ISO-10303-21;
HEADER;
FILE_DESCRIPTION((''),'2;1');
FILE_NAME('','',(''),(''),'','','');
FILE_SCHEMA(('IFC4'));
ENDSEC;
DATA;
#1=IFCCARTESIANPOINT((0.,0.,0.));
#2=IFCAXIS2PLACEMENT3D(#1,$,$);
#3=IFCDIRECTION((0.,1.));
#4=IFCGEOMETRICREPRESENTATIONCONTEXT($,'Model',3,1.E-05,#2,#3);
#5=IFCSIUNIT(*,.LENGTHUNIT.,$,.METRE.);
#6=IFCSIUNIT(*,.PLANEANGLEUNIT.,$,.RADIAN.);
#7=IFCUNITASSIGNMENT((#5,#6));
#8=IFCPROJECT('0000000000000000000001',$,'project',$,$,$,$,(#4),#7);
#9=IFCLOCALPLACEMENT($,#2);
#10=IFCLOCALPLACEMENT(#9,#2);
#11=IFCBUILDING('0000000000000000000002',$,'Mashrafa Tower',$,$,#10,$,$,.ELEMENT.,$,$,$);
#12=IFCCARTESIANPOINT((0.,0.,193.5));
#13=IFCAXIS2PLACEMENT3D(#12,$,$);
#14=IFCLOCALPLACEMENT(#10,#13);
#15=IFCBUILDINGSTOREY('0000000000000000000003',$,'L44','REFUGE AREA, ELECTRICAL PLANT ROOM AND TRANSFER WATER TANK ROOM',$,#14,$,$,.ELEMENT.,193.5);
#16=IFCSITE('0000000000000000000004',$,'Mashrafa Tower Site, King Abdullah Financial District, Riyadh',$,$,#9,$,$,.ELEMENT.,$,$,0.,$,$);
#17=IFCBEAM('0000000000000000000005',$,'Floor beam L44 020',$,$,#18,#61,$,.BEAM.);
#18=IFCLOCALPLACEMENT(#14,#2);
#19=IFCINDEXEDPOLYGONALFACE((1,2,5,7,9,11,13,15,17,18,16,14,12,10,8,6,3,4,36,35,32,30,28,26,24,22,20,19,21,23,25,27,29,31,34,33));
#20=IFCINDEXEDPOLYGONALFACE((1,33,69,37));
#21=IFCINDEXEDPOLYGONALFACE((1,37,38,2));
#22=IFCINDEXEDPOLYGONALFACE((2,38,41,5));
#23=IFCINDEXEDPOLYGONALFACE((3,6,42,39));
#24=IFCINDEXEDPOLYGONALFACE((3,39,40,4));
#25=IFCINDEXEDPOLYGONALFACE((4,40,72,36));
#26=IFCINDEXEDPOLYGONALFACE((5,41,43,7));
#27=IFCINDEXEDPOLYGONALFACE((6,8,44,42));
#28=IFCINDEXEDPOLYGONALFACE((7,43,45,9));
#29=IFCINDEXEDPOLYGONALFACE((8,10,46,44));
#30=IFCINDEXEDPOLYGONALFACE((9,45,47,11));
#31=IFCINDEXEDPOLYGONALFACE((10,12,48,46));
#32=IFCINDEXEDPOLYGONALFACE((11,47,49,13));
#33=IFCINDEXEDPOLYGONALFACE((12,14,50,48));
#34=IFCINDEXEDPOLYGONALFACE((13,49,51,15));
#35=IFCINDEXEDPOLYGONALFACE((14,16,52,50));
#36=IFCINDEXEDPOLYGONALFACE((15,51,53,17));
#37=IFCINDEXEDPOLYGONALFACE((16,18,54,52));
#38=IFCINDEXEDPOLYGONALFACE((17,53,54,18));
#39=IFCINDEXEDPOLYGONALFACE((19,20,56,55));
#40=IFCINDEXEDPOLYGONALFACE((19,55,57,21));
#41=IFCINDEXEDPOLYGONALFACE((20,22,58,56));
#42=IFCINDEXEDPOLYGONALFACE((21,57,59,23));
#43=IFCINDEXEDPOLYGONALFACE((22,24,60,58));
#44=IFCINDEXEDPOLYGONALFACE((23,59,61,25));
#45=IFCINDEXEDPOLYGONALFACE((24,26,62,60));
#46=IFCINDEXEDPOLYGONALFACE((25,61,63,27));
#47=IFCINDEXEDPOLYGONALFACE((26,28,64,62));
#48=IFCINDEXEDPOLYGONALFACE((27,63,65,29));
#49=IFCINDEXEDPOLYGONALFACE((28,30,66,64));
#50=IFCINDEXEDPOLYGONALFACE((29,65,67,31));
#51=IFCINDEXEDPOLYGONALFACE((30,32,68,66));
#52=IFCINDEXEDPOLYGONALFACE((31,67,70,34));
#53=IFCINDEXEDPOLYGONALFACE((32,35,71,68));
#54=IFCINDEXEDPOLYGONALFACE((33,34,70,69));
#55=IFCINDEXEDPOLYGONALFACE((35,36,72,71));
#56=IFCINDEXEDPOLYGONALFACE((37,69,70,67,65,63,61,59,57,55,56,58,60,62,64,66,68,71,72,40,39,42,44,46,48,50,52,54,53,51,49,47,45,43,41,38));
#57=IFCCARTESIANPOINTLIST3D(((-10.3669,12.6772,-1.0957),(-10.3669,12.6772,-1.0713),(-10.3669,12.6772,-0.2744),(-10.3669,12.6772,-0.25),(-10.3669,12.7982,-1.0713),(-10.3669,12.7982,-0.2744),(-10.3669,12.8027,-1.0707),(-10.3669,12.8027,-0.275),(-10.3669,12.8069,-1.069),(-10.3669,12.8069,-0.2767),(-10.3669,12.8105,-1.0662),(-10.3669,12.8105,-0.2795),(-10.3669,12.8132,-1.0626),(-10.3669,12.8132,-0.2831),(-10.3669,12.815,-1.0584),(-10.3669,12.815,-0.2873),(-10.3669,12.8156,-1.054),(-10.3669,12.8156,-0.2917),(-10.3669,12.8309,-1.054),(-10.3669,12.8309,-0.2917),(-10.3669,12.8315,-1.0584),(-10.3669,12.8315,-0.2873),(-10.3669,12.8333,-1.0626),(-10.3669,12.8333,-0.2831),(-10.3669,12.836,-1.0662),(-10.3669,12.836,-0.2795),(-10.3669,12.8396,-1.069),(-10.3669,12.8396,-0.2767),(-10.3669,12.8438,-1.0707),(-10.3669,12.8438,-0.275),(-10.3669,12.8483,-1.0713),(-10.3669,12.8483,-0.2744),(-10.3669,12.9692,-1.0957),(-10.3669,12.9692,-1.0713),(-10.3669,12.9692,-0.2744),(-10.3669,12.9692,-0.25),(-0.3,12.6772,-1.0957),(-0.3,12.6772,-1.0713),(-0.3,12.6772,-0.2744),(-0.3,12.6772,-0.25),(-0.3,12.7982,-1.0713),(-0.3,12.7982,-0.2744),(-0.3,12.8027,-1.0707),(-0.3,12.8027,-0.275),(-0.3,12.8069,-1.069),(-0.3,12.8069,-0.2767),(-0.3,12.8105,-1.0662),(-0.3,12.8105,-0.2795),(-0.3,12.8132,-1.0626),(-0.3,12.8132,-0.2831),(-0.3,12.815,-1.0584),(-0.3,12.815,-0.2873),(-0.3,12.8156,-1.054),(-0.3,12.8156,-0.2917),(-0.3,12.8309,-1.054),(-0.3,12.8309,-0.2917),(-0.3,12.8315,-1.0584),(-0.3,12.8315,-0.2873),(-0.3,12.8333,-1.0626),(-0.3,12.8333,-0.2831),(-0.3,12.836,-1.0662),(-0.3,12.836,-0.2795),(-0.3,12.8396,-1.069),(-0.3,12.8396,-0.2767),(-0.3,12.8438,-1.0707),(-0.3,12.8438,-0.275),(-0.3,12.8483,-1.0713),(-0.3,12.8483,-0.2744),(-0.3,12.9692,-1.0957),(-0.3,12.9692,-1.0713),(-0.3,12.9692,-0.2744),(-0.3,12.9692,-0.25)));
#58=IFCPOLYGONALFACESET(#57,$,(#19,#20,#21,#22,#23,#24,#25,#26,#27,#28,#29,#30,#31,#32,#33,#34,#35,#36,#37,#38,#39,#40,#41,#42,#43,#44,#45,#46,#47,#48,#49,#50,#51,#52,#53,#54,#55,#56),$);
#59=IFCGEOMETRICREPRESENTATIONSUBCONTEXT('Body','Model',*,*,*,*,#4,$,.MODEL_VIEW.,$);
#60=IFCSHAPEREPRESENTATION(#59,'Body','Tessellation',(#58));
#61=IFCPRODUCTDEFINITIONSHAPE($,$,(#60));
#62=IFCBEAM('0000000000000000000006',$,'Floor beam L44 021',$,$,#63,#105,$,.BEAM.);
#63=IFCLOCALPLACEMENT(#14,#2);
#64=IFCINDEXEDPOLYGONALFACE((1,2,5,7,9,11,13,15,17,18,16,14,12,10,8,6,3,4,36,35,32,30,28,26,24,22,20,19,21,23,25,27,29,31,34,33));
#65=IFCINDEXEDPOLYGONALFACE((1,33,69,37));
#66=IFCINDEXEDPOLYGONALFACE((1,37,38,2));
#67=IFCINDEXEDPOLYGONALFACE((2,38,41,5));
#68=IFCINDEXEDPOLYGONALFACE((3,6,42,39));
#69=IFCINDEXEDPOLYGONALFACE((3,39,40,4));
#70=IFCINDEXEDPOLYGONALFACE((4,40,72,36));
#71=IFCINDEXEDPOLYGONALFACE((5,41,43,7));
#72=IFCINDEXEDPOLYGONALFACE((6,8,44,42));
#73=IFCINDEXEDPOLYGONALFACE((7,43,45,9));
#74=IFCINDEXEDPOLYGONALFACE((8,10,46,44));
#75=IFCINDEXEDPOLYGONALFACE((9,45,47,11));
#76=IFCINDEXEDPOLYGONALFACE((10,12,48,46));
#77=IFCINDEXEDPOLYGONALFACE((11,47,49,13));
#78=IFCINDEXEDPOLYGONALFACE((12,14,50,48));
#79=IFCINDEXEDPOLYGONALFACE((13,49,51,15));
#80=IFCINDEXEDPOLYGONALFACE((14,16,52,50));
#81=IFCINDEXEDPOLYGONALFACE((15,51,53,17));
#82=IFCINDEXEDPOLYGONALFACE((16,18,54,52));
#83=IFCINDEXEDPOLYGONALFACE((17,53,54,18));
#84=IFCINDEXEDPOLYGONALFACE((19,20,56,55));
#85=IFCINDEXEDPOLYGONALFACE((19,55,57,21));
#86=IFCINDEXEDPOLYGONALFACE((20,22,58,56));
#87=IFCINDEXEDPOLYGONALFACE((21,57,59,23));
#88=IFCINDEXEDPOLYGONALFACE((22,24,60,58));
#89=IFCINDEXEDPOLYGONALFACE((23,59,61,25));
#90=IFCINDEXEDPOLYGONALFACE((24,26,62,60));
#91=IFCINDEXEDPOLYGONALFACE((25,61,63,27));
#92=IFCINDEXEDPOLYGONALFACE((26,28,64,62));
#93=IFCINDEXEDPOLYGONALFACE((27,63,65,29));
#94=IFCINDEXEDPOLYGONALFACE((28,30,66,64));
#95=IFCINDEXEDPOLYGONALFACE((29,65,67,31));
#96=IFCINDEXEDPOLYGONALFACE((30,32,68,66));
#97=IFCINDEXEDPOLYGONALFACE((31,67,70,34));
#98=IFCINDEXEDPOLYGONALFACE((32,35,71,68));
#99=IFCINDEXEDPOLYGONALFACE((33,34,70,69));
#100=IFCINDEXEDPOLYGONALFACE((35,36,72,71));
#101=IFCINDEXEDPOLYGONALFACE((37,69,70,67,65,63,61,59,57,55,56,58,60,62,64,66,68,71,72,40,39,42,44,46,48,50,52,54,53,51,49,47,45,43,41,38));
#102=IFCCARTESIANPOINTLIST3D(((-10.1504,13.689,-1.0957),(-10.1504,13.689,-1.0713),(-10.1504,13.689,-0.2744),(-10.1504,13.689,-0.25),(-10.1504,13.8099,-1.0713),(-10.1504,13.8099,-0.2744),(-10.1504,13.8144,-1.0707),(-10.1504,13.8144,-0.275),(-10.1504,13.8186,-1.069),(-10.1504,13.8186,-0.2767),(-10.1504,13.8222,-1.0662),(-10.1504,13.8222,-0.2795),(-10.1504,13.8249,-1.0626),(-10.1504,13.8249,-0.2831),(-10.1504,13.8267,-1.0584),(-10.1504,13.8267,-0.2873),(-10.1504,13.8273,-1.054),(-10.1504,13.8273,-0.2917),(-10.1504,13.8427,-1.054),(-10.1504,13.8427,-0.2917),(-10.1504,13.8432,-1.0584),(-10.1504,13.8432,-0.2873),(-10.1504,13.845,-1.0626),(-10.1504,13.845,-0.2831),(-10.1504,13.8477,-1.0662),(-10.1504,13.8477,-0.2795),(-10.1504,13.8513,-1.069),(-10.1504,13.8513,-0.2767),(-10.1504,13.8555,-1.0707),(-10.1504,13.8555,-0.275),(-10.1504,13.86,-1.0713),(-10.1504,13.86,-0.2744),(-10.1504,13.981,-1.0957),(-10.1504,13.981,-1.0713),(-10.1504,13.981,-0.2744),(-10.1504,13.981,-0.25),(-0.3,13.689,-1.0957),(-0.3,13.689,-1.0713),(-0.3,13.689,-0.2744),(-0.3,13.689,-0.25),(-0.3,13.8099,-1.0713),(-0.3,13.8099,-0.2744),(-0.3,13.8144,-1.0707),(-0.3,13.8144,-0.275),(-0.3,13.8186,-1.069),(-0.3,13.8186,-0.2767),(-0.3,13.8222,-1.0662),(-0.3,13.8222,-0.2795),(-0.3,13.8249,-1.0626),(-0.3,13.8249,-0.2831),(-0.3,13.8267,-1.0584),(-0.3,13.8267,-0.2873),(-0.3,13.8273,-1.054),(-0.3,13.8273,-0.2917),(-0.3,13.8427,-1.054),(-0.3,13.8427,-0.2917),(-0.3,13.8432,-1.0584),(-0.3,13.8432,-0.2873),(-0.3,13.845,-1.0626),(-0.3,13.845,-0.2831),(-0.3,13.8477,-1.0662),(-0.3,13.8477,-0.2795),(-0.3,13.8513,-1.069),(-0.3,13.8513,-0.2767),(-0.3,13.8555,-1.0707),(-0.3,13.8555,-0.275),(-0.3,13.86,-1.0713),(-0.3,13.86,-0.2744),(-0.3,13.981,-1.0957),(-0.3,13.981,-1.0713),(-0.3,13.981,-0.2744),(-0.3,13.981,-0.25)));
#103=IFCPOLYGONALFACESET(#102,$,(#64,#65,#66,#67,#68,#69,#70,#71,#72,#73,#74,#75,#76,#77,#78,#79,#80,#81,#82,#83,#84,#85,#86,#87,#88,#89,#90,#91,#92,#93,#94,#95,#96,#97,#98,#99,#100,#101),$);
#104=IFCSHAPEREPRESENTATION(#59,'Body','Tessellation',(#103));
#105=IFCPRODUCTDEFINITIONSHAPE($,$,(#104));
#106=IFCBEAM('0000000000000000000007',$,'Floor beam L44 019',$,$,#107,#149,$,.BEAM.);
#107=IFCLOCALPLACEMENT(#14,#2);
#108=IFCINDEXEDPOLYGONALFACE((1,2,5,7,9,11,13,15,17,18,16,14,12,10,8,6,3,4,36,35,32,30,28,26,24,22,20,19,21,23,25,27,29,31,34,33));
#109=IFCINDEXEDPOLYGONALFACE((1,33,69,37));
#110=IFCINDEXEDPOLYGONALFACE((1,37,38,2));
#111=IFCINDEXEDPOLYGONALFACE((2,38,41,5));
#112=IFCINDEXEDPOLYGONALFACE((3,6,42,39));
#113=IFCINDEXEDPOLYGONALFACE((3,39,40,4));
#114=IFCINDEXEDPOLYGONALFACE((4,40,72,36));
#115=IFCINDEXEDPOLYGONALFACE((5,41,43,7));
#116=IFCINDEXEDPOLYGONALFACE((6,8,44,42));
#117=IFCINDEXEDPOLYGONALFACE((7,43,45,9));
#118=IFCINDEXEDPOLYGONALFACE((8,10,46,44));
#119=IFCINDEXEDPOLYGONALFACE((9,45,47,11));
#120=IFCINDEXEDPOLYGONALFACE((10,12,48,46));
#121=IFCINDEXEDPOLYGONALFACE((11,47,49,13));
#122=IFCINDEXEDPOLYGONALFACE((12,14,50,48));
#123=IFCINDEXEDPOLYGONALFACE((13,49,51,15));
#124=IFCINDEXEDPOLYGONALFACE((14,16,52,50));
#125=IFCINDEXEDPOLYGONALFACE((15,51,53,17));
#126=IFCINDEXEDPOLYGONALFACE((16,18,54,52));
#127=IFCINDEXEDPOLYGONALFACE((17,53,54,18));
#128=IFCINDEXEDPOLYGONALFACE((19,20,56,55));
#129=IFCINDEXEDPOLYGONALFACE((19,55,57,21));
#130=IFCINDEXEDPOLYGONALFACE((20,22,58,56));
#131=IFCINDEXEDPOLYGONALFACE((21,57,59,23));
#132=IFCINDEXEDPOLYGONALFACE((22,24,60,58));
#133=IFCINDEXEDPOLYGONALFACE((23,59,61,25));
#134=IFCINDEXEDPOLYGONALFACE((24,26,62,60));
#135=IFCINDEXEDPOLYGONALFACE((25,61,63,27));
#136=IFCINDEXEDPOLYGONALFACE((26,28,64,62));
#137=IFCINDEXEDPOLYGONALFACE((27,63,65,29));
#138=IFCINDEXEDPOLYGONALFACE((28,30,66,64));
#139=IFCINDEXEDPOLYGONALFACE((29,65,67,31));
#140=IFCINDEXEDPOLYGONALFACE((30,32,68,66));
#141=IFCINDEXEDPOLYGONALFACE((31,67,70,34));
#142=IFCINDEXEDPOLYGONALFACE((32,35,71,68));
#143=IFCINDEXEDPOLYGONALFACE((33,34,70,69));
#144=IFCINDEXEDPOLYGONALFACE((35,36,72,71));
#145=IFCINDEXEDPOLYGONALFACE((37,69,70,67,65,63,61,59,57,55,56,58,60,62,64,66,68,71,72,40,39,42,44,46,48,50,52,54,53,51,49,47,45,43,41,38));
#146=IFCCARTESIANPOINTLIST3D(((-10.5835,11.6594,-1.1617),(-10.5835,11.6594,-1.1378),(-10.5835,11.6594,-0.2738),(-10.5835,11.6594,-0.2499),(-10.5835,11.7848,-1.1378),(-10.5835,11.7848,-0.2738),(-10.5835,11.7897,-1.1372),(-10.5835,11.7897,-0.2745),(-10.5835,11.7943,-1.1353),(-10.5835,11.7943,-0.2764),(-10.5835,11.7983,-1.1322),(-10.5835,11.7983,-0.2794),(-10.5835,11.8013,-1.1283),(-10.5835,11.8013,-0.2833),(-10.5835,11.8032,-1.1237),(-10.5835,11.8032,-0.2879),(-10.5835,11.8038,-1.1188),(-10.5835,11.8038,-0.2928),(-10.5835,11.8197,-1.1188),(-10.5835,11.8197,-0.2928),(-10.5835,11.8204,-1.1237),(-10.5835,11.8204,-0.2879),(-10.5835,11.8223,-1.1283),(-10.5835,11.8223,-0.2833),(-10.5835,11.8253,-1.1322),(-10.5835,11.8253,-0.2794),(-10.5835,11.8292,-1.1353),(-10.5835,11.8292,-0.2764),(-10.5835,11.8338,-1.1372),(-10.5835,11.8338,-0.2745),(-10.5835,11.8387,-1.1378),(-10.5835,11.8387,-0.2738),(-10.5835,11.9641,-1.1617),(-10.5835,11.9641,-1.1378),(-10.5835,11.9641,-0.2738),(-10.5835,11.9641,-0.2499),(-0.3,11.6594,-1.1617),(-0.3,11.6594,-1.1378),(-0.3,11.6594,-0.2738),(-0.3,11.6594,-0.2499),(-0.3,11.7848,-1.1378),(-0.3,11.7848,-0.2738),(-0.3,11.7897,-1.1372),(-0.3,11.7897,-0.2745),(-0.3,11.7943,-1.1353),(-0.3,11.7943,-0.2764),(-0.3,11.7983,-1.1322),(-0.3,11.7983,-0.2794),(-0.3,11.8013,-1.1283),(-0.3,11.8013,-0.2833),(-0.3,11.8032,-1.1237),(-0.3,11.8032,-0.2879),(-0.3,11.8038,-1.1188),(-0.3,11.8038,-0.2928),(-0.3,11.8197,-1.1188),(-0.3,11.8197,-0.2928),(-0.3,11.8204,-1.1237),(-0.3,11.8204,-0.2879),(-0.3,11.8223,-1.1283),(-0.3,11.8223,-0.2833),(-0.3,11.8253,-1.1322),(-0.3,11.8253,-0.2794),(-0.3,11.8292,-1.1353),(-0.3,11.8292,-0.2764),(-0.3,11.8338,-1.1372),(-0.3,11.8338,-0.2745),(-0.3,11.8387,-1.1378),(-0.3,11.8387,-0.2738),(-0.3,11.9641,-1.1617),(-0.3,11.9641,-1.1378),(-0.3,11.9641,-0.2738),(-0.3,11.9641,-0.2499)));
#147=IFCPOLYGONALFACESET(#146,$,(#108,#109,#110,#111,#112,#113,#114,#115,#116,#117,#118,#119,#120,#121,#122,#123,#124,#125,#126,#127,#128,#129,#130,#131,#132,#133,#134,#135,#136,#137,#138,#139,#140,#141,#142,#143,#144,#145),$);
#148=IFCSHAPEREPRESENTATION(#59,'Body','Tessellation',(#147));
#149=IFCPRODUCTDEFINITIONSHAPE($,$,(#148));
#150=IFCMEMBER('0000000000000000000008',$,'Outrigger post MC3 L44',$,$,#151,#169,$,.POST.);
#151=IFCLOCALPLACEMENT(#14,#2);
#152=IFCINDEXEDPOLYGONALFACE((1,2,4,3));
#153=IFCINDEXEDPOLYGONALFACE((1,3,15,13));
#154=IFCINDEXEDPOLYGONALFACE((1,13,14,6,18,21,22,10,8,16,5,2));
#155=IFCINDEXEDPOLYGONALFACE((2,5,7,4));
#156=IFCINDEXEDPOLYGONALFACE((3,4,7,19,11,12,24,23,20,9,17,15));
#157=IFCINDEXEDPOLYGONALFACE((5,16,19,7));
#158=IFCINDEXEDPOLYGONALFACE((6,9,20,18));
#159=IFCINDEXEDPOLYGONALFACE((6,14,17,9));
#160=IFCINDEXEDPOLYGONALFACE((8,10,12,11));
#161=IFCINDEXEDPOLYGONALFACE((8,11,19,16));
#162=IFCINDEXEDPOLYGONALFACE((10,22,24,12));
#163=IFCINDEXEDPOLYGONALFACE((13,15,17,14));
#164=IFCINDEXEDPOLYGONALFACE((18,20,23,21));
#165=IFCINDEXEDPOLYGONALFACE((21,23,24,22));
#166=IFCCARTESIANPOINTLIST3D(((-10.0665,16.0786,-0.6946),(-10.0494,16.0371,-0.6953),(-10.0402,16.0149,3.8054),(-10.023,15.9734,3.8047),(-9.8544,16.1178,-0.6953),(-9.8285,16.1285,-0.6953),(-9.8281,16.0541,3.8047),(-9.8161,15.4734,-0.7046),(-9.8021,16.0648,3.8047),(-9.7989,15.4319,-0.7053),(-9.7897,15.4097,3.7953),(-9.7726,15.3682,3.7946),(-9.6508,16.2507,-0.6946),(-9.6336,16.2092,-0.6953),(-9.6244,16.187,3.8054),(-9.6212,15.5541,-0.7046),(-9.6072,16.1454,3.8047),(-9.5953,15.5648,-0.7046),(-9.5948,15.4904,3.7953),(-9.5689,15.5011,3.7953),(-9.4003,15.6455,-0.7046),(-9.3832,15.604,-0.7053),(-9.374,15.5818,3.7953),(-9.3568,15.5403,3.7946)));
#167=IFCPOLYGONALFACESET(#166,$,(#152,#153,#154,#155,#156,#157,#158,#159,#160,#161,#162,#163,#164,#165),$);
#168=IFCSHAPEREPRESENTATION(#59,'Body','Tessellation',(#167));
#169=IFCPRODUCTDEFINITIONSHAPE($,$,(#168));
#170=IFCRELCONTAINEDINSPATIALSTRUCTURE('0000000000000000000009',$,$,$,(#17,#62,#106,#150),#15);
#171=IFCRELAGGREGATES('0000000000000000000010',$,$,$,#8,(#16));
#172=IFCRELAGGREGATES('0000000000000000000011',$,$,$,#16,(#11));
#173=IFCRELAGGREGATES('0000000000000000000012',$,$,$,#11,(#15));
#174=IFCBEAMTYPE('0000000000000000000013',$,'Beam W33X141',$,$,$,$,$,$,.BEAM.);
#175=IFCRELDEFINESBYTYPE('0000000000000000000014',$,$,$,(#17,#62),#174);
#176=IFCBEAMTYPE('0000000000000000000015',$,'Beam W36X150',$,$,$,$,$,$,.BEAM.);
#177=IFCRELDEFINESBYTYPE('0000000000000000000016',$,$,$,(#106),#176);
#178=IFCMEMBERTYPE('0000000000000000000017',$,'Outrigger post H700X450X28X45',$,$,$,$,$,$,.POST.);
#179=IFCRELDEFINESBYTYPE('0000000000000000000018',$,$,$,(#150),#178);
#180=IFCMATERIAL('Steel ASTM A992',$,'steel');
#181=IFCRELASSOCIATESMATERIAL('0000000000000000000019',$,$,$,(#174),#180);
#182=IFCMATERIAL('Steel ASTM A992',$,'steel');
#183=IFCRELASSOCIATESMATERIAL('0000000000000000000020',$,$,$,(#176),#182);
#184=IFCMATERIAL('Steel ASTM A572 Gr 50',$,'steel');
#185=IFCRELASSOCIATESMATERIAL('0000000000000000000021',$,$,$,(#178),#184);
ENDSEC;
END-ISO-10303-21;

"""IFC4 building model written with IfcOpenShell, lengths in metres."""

from ifc_helpers import new_model, si_unit, direction, frame, origin, origin_2d, place, context, subcontext, project, spatial, i_section, extrude, source, transform, mapped, material, material_profile, profile_set, type_object, type_shapes, element, save


model = new_model("IFC4")

# Units and contexts
model_context = context("Model", 3, precision=1e-05, world=origin(), true_north=direction((0.0, 1.0)))
body_context = subcontext(model_context, "Body", "Model", "MODEL_VIEW")
ifc_project = project(units=[si_unit("LENGTHUNIT", "METRE"), si_unit("PLANEANGLEUNIT", "RADIAN")], contexts=[model_context])

# Site, building, storey
site_placement = place(None, origin())
site = spatial("IfcSite", under=ifc_project, at=site_placement, Name="Mashrafa Tower Site, King Abdullah Financial District, Riyadh", CompositionType="ELEMENT", RefElevation=0.0)
building_placement = place(site_placement, origin())
building = spatial("IfcBuilding", under=site, at=building_placement, Name="Mashrafa Tower", CompositionType="ELEMENT")
storey_placement = place(building_placement, frame((0.0, 0.0, 193.5)))
storey = spatial("IfcBuildingStorey", under=building, at=storey_placement, Name="L44", Description="REFUGE AREA, ELECTRICAL PLANT ROOM AND TRANSFER WATER TANK ROOM", CompositionType="ELEMENT", Elevation=193.5)

# Beams
ifc_material_1 = material(Name="Steel ASTM A992", Category="steel")
ifc_material_profile_1 = material_profile(ifc_material_1, i_section(OverallWidth=0.292, OverallDepth=0.8457, WebThickness=0.0154, FlangeThickness=0.0244, FilletRadius=0.0173, at=origin_2d()), Name="W33X141")
ifc_profile_set_1 = profile_set([ifc_material_profile_1], Name="Steel ASTM A992")
beam_type_1 = type_object("IfcBeamType", Name="Beam W33X141", PredefinedType="BEAM", material=ifc_profile_set_1)
beam_1_placement = place(storey_placement, frame((-10.3669, 12.8232, -0.6729), z_axis=(1.0, 0.0, 0.0), x_axis=(0.0, 1.0, 0.0)))
element("IfcBeam", 1, at=beam_1_placement, inside=storey, type_object=beam_type_1, Name="Floor beam L44 020", PredefinedType="BEAM", context=body_context, shape_type="SweptSolid", body=[
    extrude(i_section(OverallWidth=0.292, OverallDepth=0.8457, WebThickness=0.0154, FlangeThickness=0.0244, FilletRadius=0.0173, at=origin_2d()), origin(), (0.0, 0.0, 1.0), 10.0669),
])
beam_2_placement = place(storey_placement, frame((-10.1504, 13.835, -0.6729), z_axis=(1.0, 0.0, 0.0), x_axis=(0.0, 1.0, 0.0)))
element("IfcBeam", 2, at=beam_2_placement, inside=storey, type_object=beam_type_1, Name="Floor beam L44 021", PredefinedType="BEAM", context=body_context, shape_type="SweptSolid", body=[
    extrude(i_section(OverallWidth=0.292, OverallDepth=0.8457, WebThickness=0.0154, FlangeThickness=0.0244, FilletRadius=0.0173, at=origin_2d()), origin(), (0.0, 0.0, 1.0), 9.8503),
])
ifc_material_2 = material(Name="Steel ASTM A992", Category="steel")
ifc_material_profile_2 = material_profile(ifc_material_2, i_section(OverallWidth=0.3047, OverallDepth=0.9119, WebThickness=0.0159, FlangeThickness=0.0239, FilletRadius=0.019, at=origin_2d()), Name="W36X150")
ifc_profile_set_2 = profile_set([ifc_material_profile_2], Name="Steel ASTM A992")
beam_type_2 = type_object("IfcBeamType", Name="Beam W36X150", PredefinedType="BEAM", material=ifc_profile_set_2)
beam_3_placement = place(storey_placement, frame((-10.5835, 11.8118, -0.7058), z_axis=(1.0, 0.0, 0.0), x_axis=(0.0, 1.0, 0.0)))
element("IfcBeam", 3, at=beam_3_placement, inside=storey, type_object=beam_type_2, Name="Floor beam L44 019", PredefinedType="BEAM", context=body_context, shape_type="SweptSolid", body=[
    extrude(i_section(OverallWidth=0.3047, OverallDepth=0.9119, WebThickness=0.0159, FlangeThickness=0.0239, FilletRadius=0.019, at=origin_2d()), origin(), (0.0, 0.0, 1.0), 10.2834),
])

# Member
ifc_material_3 = material(Name="Steel ASTM A572 Gr 50", Category="steel")
ifc_material_profile_3 = material_profile(ifc_material_3, i_section(OverallWidth=0.45, OverallDepth=0.7, WebThickness=0.0281, FlangeThickness=0.0449, at=origin_2d()), Name="H700X450X28X45")
ifc_profile_set_3 = profile_set([ifc_material_profile_3], Name="Steel ASTM A572 Gr 50")
member_type_1 = type_object("IfcMemberType", Name="Outrigger post H700X450X28X45", PredefinedType="POST", material=ifc_profile_set_3)
shared_shape_1 = source(origin(), body_context, "Body", "SweptSolid", [
    extrude(i_section(OverallWidth=0.45, OverallDepth=0.7, WebThickness=0.0281, FlangeThickness=0.0449, at=origin_2d()), origin(), (0.0, 0.0, 1.0), 4.5005),
])
type_shapes(member_type_1, [shared_shape_1])
member_1_placement = place(storey_placement, frame((-9.7249, 15.8413, -0.7), z_axis=(0.005859, -0.014158, 0.999883), x_axis=(0.924017, 0.382352, 0.0)))
element("IfcMember", 4, at=member_1_placement, inside=storey, type_object=member_type_1, Name="Outrigger post MC3 L44", PredefinedType="POST", context=body_context, shape_type="MappedRepresentation", body=[
    mapped(shared_shape_1, transform((0.0, 0.0, 0.0))),
])

save(model, "model.ifc")
